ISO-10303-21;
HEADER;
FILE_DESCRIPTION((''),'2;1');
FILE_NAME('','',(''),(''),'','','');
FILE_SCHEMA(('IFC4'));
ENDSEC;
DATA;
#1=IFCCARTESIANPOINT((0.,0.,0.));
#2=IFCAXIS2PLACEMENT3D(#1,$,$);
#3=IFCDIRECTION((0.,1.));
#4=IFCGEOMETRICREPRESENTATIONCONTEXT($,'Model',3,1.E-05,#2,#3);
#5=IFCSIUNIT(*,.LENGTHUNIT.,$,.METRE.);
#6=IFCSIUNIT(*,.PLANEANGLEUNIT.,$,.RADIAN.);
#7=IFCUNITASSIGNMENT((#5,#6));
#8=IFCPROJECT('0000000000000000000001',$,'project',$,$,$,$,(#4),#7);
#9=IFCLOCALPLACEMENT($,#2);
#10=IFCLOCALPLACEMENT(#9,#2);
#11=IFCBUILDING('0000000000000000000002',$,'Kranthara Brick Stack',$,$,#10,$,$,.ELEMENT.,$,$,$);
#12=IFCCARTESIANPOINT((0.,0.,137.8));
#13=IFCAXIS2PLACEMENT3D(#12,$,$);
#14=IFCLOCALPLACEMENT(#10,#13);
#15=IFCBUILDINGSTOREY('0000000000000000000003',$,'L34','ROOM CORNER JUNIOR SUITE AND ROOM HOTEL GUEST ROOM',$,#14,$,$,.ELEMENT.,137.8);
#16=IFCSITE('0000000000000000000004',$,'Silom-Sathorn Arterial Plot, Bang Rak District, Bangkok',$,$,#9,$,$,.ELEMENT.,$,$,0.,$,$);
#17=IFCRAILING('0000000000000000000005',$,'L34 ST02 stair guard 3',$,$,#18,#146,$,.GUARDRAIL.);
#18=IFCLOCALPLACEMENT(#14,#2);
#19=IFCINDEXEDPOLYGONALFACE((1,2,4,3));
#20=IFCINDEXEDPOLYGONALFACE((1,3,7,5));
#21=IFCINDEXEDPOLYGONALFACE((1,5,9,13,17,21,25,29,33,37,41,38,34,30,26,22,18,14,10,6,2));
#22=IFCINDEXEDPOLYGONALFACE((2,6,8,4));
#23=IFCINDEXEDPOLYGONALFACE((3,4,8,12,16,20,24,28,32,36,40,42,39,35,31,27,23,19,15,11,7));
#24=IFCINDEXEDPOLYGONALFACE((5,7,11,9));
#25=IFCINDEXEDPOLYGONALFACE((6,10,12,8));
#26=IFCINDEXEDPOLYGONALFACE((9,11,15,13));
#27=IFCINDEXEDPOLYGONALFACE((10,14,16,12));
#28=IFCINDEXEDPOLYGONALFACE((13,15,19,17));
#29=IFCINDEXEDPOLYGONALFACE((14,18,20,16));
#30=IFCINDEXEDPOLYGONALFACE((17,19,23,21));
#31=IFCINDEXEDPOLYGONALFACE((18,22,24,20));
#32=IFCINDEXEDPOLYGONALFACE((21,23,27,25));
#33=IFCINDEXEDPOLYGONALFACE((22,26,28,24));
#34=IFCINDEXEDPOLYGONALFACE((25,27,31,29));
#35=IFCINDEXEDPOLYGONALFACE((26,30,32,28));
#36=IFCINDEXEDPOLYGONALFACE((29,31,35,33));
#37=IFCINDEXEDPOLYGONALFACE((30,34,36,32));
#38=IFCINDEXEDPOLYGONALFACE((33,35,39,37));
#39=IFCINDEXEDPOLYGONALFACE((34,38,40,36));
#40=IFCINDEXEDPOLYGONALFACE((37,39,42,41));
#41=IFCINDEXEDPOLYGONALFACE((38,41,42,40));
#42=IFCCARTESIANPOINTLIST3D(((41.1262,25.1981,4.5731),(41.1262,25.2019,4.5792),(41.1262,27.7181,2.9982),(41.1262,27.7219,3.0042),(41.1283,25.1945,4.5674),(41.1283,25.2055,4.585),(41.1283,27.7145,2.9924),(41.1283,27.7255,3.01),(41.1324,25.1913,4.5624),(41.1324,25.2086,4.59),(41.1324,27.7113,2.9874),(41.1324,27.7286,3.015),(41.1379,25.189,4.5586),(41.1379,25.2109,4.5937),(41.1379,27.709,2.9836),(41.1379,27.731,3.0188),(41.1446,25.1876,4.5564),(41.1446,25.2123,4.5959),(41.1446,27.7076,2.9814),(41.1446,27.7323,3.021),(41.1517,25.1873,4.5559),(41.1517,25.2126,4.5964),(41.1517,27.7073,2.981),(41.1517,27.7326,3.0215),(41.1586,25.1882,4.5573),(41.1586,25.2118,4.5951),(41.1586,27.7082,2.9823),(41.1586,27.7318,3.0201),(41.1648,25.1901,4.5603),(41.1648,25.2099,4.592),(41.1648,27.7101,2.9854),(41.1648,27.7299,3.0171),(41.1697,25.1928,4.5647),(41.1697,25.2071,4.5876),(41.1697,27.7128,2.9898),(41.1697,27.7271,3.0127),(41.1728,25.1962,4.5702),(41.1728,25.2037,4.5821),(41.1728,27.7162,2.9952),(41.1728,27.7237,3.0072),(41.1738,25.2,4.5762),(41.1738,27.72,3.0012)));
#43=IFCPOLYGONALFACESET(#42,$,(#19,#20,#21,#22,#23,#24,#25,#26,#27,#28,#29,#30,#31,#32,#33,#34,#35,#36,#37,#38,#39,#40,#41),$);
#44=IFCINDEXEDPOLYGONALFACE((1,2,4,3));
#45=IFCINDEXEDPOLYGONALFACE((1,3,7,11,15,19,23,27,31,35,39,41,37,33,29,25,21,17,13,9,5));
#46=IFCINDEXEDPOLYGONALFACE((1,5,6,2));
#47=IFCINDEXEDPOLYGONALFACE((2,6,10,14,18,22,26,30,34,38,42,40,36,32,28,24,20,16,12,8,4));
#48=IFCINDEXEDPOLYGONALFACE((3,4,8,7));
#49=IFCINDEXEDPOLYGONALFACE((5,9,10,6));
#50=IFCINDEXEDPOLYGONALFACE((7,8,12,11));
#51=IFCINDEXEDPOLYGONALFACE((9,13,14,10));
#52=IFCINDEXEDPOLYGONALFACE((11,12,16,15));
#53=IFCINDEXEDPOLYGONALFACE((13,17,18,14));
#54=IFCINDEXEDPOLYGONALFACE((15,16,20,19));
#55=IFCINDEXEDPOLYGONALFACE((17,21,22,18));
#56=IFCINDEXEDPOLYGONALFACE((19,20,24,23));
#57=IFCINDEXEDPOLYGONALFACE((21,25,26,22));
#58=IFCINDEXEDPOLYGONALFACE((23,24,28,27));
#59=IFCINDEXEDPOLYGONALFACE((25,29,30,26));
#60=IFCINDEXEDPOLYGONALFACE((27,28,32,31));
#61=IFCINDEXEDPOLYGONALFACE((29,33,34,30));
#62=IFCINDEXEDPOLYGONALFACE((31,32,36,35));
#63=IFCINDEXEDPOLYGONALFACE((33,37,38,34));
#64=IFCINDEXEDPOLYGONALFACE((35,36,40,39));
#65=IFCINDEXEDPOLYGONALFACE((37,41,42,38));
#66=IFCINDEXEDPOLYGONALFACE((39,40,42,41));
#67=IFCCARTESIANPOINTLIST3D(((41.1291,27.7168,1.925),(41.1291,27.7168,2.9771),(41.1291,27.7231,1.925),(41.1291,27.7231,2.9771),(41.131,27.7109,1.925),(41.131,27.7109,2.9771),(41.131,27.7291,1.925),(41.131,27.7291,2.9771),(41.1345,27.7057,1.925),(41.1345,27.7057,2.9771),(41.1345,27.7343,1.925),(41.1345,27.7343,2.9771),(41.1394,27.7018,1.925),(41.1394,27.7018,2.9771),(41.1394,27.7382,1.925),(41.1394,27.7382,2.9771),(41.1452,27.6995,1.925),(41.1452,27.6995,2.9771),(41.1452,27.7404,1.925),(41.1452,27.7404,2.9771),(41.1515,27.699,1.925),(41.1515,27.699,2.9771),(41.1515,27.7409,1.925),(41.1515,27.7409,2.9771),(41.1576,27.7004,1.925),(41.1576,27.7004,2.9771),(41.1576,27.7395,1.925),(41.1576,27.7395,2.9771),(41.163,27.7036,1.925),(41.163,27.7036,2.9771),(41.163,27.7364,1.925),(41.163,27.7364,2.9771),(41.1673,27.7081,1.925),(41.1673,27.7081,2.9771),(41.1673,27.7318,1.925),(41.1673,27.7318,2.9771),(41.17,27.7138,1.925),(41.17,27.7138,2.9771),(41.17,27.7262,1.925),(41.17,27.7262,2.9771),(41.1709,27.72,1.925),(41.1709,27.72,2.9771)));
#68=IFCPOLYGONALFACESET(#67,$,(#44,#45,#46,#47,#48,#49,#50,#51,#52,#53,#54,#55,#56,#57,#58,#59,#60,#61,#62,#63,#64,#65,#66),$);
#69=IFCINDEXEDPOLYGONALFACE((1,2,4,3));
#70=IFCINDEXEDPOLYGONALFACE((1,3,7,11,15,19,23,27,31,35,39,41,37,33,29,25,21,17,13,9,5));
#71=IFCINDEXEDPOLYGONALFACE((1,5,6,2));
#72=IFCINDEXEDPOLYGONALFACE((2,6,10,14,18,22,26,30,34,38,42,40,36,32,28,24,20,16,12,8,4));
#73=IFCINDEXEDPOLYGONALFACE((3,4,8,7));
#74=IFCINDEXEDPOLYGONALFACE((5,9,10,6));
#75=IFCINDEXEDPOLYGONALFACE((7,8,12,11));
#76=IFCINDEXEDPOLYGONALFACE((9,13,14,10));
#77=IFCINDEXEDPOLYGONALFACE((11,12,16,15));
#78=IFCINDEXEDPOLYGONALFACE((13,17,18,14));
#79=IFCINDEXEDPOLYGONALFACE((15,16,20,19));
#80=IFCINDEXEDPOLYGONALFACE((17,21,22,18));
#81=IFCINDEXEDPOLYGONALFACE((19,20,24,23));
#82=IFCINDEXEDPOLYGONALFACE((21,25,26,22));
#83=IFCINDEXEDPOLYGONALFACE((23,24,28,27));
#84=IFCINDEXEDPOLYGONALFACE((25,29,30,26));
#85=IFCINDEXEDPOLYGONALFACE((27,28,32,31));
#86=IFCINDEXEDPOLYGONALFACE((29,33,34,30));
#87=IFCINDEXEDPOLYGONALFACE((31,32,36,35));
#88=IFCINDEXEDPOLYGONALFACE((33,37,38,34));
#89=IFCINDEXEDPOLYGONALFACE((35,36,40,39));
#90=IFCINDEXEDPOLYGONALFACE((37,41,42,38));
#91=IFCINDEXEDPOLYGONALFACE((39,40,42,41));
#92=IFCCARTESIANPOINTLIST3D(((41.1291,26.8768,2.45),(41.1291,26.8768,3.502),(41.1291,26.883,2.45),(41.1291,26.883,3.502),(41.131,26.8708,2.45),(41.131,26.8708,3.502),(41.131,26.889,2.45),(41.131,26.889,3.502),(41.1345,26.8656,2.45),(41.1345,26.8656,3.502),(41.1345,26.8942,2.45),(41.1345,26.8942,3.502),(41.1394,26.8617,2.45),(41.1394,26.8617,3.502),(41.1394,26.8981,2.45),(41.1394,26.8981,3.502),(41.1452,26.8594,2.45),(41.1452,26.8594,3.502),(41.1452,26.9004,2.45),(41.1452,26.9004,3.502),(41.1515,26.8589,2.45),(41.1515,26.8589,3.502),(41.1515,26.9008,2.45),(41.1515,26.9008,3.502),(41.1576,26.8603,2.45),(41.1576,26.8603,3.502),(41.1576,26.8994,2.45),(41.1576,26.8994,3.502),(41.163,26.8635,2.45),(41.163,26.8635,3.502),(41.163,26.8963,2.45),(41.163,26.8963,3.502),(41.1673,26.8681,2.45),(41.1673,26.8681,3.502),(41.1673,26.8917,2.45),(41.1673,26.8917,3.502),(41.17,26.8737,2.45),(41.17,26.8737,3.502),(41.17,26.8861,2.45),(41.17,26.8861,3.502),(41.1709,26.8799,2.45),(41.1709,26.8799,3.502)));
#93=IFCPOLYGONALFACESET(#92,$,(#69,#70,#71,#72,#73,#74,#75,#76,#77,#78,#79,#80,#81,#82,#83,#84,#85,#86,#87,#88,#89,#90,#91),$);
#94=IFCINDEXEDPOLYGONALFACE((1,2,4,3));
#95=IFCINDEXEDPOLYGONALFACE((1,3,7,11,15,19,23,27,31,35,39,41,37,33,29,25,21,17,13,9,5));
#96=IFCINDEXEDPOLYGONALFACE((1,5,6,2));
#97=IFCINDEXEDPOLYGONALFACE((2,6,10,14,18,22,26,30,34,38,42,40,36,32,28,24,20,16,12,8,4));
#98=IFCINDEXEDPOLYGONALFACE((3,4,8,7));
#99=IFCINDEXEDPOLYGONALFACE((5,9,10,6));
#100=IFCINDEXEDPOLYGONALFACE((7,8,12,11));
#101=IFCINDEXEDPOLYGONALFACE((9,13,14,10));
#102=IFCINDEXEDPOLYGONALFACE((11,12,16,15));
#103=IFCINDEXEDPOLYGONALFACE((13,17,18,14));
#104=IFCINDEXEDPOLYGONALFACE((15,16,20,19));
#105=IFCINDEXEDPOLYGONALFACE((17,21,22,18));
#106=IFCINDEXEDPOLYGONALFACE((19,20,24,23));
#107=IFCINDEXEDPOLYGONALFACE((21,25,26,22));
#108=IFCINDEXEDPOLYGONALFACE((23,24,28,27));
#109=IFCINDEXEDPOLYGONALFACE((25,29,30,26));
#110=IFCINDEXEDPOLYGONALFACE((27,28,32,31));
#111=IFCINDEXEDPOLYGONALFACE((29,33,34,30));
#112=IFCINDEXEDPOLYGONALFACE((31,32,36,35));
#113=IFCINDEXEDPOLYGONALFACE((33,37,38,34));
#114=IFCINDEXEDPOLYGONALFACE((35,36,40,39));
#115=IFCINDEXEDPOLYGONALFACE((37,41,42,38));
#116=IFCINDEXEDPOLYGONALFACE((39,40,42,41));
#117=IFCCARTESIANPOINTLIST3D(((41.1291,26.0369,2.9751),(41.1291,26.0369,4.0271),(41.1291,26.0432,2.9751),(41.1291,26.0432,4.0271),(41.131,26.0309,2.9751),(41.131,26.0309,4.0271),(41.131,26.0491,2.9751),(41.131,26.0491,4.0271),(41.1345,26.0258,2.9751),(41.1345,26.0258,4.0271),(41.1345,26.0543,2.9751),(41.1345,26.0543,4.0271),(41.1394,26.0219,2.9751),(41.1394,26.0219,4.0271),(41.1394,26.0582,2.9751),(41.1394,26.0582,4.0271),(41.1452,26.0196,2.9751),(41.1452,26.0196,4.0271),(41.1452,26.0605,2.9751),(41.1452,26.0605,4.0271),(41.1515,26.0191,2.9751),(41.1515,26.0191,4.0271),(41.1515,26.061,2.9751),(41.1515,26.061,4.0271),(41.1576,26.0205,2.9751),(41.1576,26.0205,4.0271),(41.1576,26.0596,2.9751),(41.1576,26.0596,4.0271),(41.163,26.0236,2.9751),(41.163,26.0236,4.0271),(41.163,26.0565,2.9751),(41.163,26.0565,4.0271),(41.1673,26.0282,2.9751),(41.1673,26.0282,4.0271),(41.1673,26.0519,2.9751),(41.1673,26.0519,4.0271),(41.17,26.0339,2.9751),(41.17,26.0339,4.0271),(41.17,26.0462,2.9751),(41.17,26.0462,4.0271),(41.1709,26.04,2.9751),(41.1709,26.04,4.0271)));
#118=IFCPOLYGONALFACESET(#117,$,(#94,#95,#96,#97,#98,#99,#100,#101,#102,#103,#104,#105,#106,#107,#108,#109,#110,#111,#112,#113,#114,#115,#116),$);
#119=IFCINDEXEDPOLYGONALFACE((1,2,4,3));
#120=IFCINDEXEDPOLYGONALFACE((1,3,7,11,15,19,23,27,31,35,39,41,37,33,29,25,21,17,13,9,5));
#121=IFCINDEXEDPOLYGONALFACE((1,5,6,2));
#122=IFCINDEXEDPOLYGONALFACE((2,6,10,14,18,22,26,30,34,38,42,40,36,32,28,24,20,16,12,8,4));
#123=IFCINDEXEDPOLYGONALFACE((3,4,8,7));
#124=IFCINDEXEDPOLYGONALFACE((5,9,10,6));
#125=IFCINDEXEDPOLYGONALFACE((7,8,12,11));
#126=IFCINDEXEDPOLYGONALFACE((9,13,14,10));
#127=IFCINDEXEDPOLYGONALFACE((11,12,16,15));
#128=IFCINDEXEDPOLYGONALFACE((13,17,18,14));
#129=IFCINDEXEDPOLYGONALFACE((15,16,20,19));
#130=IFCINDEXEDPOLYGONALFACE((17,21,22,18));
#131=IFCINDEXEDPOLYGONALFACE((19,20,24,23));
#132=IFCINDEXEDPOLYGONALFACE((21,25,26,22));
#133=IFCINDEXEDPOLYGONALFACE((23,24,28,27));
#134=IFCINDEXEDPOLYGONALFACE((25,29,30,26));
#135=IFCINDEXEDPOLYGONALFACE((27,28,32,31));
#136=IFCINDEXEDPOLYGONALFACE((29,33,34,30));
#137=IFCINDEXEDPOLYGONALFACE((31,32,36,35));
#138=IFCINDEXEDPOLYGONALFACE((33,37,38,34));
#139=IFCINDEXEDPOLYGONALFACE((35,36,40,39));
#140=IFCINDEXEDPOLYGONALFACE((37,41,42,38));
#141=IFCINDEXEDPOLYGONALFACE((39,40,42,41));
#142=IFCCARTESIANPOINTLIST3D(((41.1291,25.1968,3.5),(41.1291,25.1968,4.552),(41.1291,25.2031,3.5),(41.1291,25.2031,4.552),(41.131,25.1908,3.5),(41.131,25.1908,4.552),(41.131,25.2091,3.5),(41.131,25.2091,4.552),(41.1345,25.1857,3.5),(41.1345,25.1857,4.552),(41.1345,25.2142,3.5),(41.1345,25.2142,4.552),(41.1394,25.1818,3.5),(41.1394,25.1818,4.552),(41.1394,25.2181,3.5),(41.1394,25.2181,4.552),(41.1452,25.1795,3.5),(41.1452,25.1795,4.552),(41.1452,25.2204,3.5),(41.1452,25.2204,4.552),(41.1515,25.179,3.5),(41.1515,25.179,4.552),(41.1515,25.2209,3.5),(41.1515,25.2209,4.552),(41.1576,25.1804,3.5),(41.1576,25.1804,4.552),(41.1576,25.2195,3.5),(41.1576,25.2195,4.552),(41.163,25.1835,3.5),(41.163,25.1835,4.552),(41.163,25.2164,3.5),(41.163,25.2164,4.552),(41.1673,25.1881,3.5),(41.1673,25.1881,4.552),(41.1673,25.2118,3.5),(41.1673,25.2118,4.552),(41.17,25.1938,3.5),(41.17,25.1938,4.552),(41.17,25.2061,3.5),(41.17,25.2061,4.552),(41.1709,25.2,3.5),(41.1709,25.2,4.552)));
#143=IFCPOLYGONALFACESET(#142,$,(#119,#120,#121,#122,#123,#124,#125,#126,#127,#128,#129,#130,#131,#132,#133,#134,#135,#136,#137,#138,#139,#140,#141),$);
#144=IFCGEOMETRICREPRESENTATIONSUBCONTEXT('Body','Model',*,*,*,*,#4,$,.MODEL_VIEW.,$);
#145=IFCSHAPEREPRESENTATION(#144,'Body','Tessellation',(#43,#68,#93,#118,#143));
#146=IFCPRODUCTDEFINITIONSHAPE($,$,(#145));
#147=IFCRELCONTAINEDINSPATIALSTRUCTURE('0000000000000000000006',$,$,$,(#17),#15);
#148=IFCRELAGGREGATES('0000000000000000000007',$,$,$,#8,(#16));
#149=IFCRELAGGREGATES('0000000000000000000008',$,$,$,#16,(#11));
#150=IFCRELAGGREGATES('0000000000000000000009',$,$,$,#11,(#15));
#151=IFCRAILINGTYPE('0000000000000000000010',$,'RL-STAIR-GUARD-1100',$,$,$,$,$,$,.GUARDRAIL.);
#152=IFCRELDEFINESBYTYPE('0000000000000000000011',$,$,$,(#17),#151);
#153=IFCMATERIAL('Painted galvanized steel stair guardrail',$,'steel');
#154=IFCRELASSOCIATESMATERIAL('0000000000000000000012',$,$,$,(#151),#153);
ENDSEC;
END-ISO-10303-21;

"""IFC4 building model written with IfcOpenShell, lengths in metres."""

from ifc_helpers import new_model, si_unit, direction, frame, origin, origin_2d, place, context, subcontext, project, spatial, circle, extrude, material, type_object, element, save


model = new_model("IFC4")

# Units and contexts
model_context = context("Model", 3, precision=1e-05, world=origin(), true_north=direction((0.0, 1.0)))
body_context = subcontext(model_context, "Body", "Model", "MODEL_VIEW")
ifc_project = project(units=[si_unit("LENGTHUNIT", "METRE"), si_unit("PLANEANGLEUNIT", "RADIAN")], contexts=[model_context])

# Site, building, storey
site_placement = place(None, origin())
site = spatial("IfcSite", under=ifc_project, at=site_placement, Name="Silom-Sathorn Arterial Plot, Bang Rak District, Bangkok", CompositionType="ELEMENT", RefElevation=0.0)
building_placement = place(site_placement, origin())
building = spatial("IfcBuilding", under=site, at=building_placement, Name="Kranthara Brick Stack", CompositionType="ELEMENT")
storey_placement = place(building_placement, frame((0.0, 0.0, 137.8)))
storey = spatial("IfcBuildingStorey", under=building, at=storey_placement, Name="L34", Description="ROOM CORNER JUNIOR SUITE AND ROOM HOTEL GUEST ROOM", CompositionType="ELEMENT", Elevation=137.8)

# Railing
ifc_material_1 = material(Name="Painted galvanized steel stair guardrail", Category="steel")
railing_type_1 = type_object("IfcRailingType", Name="RL-STAIR-GUARD-1100", PredefinedType="GUARDRAIL", material=ifc_material_1)
railing_1_placement = place(storey_placement, frame((41.1499, 27.72, 1.925)))
element("IfcRailing", 1, at=railing_1_placement, inside=storey, type_object=railing_type_1, Name="L34 ST02 stair guard 3", PredefinedType="GUARDRAIL", context=body_context, shape_type="SweptSolid", body=[
    extrude(circle(Radius=0.0239, at=origin_2d()), frame((0.0, 0.0, 1.0762), z_axis=(0.0, -0.848008, 0.529984), x_axis=(1.0, 0.0, 0.0)), (0.0, 0.0, 1.0), 2.9717),
    extrude(circle(Radius=0.021, at=origin_2d()), origin(), (0.0, 0.0, 1.0), 1.052),
    extrude(circle(Radius=0.021, at=origin_2d()), frame((0.0, -0.8401, 0.5249)), (0.0, 0.0, 1.0), 1.052),
    extrude(circle(Radius=0.021, at=origin_2d()), frame((0.0, -1.6799, 1.05)), (0.0, 0.0, 1.0), 1.052),
    extrude(circle(Radius=0.021, at=origin_2d()), frame((0.0, -2.52, 1.575)), (0.0, 0.0, 1.0), 1.052),
])

save(model, "model.ifc")
